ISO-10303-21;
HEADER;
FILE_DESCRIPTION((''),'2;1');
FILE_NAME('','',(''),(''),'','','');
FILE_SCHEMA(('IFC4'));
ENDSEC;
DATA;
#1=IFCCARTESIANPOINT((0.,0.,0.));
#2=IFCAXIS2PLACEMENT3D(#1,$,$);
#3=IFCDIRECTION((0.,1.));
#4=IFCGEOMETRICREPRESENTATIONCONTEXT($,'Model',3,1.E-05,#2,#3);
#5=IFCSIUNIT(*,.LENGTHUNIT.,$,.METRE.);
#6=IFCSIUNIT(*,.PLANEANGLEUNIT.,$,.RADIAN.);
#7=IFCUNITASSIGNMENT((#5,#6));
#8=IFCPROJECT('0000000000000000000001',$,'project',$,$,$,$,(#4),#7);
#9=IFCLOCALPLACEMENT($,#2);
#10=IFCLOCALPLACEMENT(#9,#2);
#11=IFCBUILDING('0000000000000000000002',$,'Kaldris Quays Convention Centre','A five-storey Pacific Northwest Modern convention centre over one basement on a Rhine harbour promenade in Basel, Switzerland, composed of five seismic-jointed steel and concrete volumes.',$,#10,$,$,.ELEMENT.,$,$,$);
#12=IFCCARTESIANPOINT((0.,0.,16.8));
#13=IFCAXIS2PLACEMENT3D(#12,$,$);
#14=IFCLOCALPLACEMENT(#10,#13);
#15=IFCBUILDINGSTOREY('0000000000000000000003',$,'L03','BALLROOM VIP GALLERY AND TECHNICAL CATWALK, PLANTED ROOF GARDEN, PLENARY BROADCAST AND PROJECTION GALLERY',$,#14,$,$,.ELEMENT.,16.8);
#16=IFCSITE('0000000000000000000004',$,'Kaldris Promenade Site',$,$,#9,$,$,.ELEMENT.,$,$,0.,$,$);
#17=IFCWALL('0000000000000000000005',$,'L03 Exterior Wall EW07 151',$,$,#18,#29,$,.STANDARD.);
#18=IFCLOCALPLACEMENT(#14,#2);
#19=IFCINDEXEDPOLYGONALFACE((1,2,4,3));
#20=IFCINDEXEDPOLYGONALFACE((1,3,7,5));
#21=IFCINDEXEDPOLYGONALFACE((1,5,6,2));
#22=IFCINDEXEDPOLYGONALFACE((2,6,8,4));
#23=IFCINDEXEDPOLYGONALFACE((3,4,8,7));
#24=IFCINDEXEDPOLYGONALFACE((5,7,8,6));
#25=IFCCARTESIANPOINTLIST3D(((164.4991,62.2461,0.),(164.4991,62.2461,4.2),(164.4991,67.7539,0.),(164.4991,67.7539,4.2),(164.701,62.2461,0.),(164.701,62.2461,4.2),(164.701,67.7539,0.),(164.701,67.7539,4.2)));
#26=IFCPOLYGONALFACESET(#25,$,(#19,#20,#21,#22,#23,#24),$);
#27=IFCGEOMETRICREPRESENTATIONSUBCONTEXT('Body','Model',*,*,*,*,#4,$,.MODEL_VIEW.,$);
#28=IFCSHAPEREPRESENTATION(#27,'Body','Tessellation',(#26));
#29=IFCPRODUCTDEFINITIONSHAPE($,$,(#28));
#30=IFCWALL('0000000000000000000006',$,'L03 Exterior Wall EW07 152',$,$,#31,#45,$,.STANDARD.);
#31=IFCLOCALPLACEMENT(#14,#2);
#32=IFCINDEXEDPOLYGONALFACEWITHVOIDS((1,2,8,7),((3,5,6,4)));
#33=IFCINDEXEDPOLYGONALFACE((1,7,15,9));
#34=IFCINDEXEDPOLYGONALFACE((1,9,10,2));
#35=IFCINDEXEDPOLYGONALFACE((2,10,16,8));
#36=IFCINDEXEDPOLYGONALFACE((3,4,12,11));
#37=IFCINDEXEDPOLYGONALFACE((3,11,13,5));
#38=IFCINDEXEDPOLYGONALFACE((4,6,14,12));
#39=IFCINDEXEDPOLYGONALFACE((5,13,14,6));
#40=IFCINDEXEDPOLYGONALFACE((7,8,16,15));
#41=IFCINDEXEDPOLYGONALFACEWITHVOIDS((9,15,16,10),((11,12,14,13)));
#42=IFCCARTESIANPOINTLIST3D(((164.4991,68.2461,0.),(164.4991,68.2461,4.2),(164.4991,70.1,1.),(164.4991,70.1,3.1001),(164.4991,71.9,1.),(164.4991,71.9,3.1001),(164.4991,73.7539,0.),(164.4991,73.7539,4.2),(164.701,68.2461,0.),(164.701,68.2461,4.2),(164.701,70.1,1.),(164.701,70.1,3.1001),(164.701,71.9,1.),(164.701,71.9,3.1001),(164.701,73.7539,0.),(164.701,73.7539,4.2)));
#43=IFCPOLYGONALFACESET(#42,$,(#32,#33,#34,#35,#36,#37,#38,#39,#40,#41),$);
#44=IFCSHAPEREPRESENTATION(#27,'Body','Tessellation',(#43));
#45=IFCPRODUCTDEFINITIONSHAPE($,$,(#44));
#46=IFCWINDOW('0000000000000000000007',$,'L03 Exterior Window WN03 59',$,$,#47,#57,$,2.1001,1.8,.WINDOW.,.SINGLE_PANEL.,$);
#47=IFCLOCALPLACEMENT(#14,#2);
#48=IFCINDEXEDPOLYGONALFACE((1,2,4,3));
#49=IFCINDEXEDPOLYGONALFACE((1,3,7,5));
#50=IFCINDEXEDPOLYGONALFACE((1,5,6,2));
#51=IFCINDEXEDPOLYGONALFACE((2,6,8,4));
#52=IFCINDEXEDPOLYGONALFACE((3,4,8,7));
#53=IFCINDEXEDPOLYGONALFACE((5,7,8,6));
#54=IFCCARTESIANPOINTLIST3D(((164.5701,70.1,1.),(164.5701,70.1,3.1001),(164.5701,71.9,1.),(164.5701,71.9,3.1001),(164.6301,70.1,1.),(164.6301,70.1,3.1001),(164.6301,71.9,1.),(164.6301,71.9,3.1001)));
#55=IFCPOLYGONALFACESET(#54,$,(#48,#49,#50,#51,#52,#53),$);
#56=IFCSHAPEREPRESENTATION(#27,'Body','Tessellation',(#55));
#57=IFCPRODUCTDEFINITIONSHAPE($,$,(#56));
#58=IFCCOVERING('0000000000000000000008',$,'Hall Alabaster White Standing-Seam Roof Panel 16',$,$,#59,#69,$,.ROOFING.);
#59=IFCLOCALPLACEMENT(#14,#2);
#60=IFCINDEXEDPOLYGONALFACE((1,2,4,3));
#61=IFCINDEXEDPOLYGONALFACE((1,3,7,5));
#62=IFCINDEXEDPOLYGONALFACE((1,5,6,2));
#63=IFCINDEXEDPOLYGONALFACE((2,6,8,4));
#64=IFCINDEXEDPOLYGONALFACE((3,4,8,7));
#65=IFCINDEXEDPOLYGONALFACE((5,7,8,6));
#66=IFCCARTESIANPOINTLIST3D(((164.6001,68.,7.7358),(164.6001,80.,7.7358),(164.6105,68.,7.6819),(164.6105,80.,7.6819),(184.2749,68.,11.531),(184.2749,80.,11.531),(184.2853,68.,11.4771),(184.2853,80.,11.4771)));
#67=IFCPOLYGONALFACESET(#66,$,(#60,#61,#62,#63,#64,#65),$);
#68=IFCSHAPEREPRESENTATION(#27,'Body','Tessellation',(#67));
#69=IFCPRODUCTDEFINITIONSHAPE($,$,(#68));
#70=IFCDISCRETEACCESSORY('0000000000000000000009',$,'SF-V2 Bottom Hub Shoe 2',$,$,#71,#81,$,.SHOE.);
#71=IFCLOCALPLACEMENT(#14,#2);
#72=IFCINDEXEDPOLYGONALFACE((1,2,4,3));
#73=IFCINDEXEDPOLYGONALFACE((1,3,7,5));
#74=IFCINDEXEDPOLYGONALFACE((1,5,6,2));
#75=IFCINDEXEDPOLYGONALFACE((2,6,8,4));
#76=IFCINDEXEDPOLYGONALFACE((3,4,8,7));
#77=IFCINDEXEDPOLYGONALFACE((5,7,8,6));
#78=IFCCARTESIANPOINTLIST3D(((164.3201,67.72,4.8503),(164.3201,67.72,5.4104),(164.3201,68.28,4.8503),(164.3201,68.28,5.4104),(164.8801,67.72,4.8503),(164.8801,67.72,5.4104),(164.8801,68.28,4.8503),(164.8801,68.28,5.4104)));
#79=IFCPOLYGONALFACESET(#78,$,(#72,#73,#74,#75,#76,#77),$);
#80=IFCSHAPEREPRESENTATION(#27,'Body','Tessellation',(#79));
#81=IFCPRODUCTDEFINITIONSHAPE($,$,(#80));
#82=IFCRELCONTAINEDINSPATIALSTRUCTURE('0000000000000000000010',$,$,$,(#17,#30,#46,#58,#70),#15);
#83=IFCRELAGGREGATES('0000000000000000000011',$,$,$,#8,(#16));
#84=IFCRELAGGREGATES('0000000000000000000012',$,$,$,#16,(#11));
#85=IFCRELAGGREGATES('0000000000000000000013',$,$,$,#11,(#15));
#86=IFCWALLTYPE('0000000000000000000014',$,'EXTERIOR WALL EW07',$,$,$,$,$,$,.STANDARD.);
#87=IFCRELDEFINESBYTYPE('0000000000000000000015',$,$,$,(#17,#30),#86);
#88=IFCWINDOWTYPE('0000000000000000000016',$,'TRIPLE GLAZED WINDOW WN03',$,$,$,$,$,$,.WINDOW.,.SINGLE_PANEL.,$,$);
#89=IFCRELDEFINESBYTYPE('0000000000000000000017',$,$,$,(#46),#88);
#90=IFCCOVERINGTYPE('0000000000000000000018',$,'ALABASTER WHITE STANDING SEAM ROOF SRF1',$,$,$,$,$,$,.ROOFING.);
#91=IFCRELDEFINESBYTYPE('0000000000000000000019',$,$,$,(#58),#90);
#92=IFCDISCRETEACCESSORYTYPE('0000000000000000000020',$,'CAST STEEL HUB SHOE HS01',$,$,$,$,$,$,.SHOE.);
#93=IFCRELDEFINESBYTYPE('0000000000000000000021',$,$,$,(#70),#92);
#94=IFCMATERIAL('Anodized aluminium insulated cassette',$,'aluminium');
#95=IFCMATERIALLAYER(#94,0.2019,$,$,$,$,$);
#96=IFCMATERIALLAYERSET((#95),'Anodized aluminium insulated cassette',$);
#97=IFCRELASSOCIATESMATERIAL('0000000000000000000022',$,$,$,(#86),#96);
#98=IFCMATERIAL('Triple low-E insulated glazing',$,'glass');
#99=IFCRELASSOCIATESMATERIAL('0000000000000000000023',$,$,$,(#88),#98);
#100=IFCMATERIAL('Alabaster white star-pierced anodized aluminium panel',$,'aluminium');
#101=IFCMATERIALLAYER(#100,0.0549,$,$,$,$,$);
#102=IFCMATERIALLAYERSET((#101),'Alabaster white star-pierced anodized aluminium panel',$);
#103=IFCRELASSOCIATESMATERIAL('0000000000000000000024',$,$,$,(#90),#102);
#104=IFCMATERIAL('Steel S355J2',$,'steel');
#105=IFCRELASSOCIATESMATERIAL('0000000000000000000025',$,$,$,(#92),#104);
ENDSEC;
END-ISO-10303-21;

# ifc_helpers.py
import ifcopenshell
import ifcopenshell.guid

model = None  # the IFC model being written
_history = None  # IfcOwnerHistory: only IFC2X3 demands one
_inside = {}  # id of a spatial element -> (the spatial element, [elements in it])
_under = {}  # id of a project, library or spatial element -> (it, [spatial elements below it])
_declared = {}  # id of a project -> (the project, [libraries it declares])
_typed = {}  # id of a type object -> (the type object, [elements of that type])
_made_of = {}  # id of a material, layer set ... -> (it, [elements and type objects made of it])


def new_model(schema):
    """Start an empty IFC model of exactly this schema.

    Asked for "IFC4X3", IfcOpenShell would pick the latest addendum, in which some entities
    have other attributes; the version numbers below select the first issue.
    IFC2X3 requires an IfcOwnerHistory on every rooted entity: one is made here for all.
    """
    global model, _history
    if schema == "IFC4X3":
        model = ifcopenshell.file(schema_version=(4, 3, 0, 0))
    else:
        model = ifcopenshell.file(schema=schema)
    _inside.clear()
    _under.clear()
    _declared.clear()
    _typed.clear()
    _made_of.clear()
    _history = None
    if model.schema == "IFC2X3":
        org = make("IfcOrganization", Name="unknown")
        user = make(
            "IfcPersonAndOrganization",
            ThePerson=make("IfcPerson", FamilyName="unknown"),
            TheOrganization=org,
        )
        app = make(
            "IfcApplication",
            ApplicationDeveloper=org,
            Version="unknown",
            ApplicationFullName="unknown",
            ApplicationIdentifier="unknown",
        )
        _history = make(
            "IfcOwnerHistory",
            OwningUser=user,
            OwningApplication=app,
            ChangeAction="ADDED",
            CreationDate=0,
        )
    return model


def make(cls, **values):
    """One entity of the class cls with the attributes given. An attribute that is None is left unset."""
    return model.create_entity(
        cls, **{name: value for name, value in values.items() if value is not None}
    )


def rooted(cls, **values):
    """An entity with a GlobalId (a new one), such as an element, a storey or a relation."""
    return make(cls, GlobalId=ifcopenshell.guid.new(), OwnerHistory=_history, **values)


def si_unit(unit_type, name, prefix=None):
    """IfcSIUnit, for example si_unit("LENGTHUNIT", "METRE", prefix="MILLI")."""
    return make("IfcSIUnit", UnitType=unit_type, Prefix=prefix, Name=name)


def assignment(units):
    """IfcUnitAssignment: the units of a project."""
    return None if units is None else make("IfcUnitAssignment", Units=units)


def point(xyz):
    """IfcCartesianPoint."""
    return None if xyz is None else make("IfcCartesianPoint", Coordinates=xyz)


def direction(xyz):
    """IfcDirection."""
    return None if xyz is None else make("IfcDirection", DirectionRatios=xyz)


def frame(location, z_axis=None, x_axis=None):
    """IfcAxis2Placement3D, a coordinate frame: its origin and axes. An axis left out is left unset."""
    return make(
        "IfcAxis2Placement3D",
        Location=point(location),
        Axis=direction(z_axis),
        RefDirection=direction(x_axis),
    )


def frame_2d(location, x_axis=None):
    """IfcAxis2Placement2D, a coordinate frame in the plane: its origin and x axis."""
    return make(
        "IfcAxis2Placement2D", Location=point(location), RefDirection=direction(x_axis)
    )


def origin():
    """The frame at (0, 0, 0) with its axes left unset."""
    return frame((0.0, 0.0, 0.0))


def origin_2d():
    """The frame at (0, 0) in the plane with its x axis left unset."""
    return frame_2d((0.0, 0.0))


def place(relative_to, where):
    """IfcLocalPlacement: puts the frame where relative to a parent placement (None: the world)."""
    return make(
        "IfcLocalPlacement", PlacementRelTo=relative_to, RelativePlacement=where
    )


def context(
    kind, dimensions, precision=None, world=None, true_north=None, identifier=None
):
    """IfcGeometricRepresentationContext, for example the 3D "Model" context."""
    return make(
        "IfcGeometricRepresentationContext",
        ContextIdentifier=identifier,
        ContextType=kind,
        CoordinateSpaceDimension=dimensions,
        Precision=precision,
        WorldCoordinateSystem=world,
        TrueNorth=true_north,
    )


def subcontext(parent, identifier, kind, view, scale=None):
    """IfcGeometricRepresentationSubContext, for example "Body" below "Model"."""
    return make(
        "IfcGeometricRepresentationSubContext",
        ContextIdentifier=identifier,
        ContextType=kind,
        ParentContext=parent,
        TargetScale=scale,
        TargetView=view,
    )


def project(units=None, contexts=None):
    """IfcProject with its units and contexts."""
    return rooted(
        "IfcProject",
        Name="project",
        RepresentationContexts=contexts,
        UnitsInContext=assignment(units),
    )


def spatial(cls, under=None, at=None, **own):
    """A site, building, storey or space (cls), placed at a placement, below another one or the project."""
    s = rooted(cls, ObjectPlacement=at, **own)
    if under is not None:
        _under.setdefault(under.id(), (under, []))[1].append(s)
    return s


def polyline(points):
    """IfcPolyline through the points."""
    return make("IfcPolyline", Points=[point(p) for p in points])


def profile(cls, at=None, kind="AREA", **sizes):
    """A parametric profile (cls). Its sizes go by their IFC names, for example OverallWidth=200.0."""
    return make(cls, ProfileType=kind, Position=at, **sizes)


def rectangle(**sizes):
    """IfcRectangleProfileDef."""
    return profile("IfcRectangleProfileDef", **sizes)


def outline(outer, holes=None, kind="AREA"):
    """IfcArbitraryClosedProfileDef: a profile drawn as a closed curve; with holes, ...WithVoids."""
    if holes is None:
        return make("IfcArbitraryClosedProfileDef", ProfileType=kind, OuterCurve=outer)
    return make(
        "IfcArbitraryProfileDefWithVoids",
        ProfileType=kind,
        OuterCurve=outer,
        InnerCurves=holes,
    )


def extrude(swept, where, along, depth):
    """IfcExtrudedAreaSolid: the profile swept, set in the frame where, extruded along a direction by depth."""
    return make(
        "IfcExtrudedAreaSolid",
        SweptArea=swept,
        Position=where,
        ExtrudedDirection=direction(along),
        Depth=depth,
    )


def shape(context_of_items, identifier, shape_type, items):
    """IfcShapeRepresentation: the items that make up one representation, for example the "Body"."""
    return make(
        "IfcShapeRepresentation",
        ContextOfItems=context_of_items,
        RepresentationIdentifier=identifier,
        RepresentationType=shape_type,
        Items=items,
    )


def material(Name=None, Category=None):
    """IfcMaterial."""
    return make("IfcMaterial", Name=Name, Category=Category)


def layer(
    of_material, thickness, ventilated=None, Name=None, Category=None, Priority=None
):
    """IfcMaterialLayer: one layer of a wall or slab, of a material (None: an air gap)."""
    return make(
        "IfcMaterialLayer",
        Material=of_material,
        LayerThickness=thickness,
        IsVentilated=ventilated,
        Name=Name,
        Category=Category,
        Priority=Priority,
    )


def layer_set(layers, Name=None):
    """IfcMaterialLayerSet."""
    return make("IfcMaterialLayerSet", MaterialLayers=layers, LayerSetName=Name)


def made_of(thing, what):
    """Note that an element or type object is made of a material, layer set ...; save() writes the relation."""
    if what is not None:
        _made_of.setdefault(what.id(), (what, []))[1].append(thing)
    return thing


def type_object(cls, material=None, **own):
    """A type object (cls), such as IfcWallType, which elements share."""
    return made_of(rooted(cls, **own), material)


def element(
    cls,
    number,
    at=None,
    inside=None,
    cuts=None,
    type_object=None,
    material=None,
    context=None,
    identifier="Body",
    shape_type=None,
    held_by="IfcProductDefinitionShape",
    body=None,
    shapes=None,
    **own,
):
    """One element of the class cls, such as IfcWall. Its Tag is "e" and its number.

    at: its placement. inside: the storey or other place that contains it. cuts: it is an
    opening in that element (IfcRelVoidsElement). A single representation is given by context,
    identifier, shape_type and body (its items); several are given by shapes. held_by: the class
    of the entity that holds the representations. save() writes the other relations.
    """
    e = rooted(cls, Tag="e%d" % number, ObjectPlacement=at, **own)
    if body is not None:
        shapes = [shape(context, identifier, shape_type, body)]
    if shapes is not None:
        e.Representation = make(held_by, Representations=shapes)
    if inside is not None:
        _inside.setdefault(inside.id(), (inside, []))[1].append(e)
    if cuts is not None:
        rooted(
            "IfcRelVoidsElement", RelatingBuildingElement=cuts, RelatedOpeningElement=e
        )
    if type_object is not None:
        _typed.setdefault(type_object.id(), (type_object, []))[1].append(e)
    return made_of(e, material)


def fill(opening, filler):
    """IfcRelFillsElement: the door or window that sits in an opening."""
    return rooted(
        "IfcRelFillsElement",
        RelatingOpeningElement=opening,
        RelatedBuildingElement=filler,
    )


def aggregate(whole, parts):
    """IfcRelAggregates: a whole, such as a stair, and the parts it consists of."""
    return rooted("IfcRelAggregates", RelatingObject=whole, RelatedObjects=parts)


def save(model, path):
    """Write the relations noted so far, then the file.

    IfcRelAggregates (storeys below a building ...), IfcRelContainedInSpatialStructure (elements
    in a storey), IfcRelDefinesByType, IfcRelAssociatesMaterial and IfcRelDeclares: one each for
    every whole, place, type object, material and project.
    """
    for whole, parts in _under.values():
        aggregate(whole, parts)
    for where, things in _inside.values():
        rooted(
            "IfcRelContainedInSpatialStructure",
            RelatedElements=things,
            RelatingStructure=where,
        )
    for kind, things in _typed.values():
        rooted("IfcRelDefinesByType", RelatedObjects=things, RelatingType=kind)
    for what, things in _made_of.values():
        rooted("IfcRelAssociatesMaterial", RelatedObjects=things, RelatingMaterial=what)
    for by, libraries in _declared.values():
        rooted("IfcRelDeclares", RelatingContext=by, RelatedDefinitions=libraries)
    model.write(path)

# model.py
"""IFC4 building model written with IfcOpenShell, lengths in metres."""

from ifc_helpers import new_model, si_unit, direction, frame, frame_2d, origin, origin_2d, place, context, subcontext, project, spatial, polyline, rectangle, outline, extrude, material, layer, layer_set, type_object, element, fill, save


model = new_model("IFC4")

# Units and contexts
model_context = context("Model", 3, precision=1e-05, world=origin(), true_north=direction((0.0, 1.0)))
body_context = subcontext(model_context, "Body", "Model", "MODEL_VIEW")
ifc_project = project(units=[si_unit("LENGTHUNIT", "METRE"), si_unit("PLANEANGLEUNIT", "RADIAN")], contexts=[model_context])

# Site, building, storey
site_placement = place(None, origin())
site = spatial("IfcSite", under=ifc_project, at=site_placement, Name="Kaldris Promenade Site", CompositionType="ELEMENT", RefElevation=0.0)
building_placement = place(site_placement, origin())
building = spatial("IfcBuilding", under=site, at=building_placement, Name="Kaldris Quays Convention Centre", Description="A five-storey Pacific Northwest Modern convention centre over one basement on a Rhine harbour promenade in Basel, Switzerland, composed of five seismic-jointed steel and concrete volumes.", CompositionType="ELEMENT")
storey_placement = place(building_placement, frame((0.0, 0.0, 16.8)))
storey = spatial("IfcBuildingStorey", under=building, at=storey_placement, Name="L03", Description="BALLROOM VIP GALLERY AND TECHNICAL CATWALK, PLANTED ROOF GARDEN, PLENARY BROADCAST AND PROJECTION GALLERY", CompositionType="ELEMENT", Elevation=16.8)

# Shared definitions
ifc_material_1 = material(Name="Steel S355J2", Category="steel")

# Wall
ifc_material_2 = material(Name="Anodized aluminium insulated cassette", Category="aluminium")
ifc_layer_1 = layer(ifc_material_2, 0.2019)
ifc_layer_set_1 = layer_set([ifc_layer_1], Name="Anodized aluminium insulated cassette")
wall_type = type_object("IfcWallType", Name="EXTERIOR WALL EW07", PredefinedType="STANDARD", material=ifc_layer_set_1)
wall_1_placement = place(storey_placement, frame((164.6001, 62.2461, 0.0), z_axis=(0.0, 0.0, 1.0), x_axis=(0.0, 1.0, 0.0)))
element("IfcWall", 1, at=wall_1_placement, inside=storey, type_object=wall_type, Name="L03 Exterior Wall EW07 151", PredefinedType="STANDARD", context=body_context, shape_type="SweptSolid", body=[
    extrude(rectangle(XDim=5.5078, YDim=0.2019, at=frame_2d((2.7539, 0.0))), origin(), (0.0, 0.0, 1.0), 4.2),
])

# Wall, opening, window
wall_2_placement = place(storey_placement, frame((164.6001, 68.2461, 0.0), z_axis=(0.0, 0.0, 1.0), x_axis=(0.0, 1.0, 0.0)))
wall_2 = element("IfcWall", 2, at=wall_2_placement, inside=storey, type_object=wall_type, Name="L03 Exterior Wall EW07 152", PredefinedType="STANDARD", context=body_context, shape_type="SweptSolid", body=[
    extrude(rectangle(XDim=5.5078, YDim=0.2019, at=frame_2d((2.7539, 0.0))), origin(), (0.0, 0.0, 1.0), 4.2),
])
opening_placement = place(wall_2_placement, frame((1.854, 0.0, 1.0)))
opening = element("IfcOpeningElement", 3, at=opening_placement, cuts=wall_2, PredefinedType="OPENING", context=body_context, shape_type="SweptSolid", body=[
    extrude(rectangle(XDim=1.8, YDim=2.1001, at=frame_2d((0.8999, 1.05))), frame((0.0, 0.1108, 0.0), z_axis=(0.0, -1.0, 0.0), x_axis=(1.0, 0.0, 0.0)), (0.0, 0.0, 1.0), 0.2219),
])
ifc_material_3 = material(Name="Triple low-E insulated glazing", Category="glass")
window_type = type_object("IfcWindowType", Name="TRIPLE GLAZED WINDOW WN03", PartitioningType="SINGLE_PANEL", PredefinedType="WINDOW", material=ifc_material_3)
window_placement = place(opening_placement, origin())
window = element("IfcWindow", 4, at=window_placement, inside=storey, type_object=window_type, Name="L03 Exterior Window WN03 59", OverallHeight=2.1001, OverallWidth=1.8, PartitioningType="SINGLE_PANEL", PredefinedType="WINDOW", context=body_context, shape_type="SweptSolid", body=[
    extrude(rectangle(XDim=1.8, YDim=2.1001, at=frame_2d((0.8999, 1.05))), frame((0.0, 0.03, 0.0), z_axis=(0.0, -1.0, 0.0), x_axis=(1.0, 0.0, 0.0)), (0.0, 0.0, 1.0), 0.0601),
])
fill(opening, window)

# Covering
ifc_material_4 = material(Name="Alabaster white star-pierced anodized aluminium panel", Category="aluminium")
ifc_layer_2 = layer(ifc_material_4, 0.0549)
ifc_layer_set_2 = layer_set([ifc_layer_2], Name="Alabaster white star-pierced anodized aluminium panel")
covering_type = type_object("IfcCoveringType", Name="ALABASTER WHITE STANDING SEAM ROOF SRF1", PredefinedType="ROOFING", material=ifc_layer_set_2)
covering_placement = place(storey_placement, frame((164.6001, 68.0, 7.7358), z_axis=(-0.189403, 0.0, 0.981899), x_axis=(0.981899, 0.0, 0.189403)))
element("IfcCovering", 5, at=covering_placement, inside=storey, type_object=covering_type, Name="Hall Alabaster White Standing-Seam Roof Panel 16", PredefinedType="ROOFING", context=body_context, shape_type="SweptSolid", body=[
    extrude(outline(polyline([(0.0, 0.0), (20.0375, 0.0), (20.0375, 12.0), (0.0, 12.0), (0.0, 0.0)])), origin(), (0.0, 0.0, -1.0), 0.0549),
])

# Discrete accessory
discrete_accessory_type = type_object("IfcDiscreteAccessoryType", Name="CAST STEEL HUB SHOE HS01", PredefinedType="SHOE", material=ifc_material_1)
discrete_accessory_placement = place(storey_placement, frame((164.6001, 68.0, 4.8503), z_axis=(0.0, 0.0, 1.0), x_axis=(1.0, 0.0, 0.0)))
element("IfcDiscreteAccessory", 6, at=discrete_accessory_placement, inside=storey, type_object=discrete_accessory_type, Name="SF-V2 Bottom Hub Shoe 2", PredefinedType="SHOE", context=body_context, shape_type="SweptSolid", body=[
    extrude(rectangle(XDim=0.5601, YDim=0.5601, at=origin_2d()), origin(), (0.0, 0.0, 1.0), 0.5601),
])

save(model, "model.ifc")
